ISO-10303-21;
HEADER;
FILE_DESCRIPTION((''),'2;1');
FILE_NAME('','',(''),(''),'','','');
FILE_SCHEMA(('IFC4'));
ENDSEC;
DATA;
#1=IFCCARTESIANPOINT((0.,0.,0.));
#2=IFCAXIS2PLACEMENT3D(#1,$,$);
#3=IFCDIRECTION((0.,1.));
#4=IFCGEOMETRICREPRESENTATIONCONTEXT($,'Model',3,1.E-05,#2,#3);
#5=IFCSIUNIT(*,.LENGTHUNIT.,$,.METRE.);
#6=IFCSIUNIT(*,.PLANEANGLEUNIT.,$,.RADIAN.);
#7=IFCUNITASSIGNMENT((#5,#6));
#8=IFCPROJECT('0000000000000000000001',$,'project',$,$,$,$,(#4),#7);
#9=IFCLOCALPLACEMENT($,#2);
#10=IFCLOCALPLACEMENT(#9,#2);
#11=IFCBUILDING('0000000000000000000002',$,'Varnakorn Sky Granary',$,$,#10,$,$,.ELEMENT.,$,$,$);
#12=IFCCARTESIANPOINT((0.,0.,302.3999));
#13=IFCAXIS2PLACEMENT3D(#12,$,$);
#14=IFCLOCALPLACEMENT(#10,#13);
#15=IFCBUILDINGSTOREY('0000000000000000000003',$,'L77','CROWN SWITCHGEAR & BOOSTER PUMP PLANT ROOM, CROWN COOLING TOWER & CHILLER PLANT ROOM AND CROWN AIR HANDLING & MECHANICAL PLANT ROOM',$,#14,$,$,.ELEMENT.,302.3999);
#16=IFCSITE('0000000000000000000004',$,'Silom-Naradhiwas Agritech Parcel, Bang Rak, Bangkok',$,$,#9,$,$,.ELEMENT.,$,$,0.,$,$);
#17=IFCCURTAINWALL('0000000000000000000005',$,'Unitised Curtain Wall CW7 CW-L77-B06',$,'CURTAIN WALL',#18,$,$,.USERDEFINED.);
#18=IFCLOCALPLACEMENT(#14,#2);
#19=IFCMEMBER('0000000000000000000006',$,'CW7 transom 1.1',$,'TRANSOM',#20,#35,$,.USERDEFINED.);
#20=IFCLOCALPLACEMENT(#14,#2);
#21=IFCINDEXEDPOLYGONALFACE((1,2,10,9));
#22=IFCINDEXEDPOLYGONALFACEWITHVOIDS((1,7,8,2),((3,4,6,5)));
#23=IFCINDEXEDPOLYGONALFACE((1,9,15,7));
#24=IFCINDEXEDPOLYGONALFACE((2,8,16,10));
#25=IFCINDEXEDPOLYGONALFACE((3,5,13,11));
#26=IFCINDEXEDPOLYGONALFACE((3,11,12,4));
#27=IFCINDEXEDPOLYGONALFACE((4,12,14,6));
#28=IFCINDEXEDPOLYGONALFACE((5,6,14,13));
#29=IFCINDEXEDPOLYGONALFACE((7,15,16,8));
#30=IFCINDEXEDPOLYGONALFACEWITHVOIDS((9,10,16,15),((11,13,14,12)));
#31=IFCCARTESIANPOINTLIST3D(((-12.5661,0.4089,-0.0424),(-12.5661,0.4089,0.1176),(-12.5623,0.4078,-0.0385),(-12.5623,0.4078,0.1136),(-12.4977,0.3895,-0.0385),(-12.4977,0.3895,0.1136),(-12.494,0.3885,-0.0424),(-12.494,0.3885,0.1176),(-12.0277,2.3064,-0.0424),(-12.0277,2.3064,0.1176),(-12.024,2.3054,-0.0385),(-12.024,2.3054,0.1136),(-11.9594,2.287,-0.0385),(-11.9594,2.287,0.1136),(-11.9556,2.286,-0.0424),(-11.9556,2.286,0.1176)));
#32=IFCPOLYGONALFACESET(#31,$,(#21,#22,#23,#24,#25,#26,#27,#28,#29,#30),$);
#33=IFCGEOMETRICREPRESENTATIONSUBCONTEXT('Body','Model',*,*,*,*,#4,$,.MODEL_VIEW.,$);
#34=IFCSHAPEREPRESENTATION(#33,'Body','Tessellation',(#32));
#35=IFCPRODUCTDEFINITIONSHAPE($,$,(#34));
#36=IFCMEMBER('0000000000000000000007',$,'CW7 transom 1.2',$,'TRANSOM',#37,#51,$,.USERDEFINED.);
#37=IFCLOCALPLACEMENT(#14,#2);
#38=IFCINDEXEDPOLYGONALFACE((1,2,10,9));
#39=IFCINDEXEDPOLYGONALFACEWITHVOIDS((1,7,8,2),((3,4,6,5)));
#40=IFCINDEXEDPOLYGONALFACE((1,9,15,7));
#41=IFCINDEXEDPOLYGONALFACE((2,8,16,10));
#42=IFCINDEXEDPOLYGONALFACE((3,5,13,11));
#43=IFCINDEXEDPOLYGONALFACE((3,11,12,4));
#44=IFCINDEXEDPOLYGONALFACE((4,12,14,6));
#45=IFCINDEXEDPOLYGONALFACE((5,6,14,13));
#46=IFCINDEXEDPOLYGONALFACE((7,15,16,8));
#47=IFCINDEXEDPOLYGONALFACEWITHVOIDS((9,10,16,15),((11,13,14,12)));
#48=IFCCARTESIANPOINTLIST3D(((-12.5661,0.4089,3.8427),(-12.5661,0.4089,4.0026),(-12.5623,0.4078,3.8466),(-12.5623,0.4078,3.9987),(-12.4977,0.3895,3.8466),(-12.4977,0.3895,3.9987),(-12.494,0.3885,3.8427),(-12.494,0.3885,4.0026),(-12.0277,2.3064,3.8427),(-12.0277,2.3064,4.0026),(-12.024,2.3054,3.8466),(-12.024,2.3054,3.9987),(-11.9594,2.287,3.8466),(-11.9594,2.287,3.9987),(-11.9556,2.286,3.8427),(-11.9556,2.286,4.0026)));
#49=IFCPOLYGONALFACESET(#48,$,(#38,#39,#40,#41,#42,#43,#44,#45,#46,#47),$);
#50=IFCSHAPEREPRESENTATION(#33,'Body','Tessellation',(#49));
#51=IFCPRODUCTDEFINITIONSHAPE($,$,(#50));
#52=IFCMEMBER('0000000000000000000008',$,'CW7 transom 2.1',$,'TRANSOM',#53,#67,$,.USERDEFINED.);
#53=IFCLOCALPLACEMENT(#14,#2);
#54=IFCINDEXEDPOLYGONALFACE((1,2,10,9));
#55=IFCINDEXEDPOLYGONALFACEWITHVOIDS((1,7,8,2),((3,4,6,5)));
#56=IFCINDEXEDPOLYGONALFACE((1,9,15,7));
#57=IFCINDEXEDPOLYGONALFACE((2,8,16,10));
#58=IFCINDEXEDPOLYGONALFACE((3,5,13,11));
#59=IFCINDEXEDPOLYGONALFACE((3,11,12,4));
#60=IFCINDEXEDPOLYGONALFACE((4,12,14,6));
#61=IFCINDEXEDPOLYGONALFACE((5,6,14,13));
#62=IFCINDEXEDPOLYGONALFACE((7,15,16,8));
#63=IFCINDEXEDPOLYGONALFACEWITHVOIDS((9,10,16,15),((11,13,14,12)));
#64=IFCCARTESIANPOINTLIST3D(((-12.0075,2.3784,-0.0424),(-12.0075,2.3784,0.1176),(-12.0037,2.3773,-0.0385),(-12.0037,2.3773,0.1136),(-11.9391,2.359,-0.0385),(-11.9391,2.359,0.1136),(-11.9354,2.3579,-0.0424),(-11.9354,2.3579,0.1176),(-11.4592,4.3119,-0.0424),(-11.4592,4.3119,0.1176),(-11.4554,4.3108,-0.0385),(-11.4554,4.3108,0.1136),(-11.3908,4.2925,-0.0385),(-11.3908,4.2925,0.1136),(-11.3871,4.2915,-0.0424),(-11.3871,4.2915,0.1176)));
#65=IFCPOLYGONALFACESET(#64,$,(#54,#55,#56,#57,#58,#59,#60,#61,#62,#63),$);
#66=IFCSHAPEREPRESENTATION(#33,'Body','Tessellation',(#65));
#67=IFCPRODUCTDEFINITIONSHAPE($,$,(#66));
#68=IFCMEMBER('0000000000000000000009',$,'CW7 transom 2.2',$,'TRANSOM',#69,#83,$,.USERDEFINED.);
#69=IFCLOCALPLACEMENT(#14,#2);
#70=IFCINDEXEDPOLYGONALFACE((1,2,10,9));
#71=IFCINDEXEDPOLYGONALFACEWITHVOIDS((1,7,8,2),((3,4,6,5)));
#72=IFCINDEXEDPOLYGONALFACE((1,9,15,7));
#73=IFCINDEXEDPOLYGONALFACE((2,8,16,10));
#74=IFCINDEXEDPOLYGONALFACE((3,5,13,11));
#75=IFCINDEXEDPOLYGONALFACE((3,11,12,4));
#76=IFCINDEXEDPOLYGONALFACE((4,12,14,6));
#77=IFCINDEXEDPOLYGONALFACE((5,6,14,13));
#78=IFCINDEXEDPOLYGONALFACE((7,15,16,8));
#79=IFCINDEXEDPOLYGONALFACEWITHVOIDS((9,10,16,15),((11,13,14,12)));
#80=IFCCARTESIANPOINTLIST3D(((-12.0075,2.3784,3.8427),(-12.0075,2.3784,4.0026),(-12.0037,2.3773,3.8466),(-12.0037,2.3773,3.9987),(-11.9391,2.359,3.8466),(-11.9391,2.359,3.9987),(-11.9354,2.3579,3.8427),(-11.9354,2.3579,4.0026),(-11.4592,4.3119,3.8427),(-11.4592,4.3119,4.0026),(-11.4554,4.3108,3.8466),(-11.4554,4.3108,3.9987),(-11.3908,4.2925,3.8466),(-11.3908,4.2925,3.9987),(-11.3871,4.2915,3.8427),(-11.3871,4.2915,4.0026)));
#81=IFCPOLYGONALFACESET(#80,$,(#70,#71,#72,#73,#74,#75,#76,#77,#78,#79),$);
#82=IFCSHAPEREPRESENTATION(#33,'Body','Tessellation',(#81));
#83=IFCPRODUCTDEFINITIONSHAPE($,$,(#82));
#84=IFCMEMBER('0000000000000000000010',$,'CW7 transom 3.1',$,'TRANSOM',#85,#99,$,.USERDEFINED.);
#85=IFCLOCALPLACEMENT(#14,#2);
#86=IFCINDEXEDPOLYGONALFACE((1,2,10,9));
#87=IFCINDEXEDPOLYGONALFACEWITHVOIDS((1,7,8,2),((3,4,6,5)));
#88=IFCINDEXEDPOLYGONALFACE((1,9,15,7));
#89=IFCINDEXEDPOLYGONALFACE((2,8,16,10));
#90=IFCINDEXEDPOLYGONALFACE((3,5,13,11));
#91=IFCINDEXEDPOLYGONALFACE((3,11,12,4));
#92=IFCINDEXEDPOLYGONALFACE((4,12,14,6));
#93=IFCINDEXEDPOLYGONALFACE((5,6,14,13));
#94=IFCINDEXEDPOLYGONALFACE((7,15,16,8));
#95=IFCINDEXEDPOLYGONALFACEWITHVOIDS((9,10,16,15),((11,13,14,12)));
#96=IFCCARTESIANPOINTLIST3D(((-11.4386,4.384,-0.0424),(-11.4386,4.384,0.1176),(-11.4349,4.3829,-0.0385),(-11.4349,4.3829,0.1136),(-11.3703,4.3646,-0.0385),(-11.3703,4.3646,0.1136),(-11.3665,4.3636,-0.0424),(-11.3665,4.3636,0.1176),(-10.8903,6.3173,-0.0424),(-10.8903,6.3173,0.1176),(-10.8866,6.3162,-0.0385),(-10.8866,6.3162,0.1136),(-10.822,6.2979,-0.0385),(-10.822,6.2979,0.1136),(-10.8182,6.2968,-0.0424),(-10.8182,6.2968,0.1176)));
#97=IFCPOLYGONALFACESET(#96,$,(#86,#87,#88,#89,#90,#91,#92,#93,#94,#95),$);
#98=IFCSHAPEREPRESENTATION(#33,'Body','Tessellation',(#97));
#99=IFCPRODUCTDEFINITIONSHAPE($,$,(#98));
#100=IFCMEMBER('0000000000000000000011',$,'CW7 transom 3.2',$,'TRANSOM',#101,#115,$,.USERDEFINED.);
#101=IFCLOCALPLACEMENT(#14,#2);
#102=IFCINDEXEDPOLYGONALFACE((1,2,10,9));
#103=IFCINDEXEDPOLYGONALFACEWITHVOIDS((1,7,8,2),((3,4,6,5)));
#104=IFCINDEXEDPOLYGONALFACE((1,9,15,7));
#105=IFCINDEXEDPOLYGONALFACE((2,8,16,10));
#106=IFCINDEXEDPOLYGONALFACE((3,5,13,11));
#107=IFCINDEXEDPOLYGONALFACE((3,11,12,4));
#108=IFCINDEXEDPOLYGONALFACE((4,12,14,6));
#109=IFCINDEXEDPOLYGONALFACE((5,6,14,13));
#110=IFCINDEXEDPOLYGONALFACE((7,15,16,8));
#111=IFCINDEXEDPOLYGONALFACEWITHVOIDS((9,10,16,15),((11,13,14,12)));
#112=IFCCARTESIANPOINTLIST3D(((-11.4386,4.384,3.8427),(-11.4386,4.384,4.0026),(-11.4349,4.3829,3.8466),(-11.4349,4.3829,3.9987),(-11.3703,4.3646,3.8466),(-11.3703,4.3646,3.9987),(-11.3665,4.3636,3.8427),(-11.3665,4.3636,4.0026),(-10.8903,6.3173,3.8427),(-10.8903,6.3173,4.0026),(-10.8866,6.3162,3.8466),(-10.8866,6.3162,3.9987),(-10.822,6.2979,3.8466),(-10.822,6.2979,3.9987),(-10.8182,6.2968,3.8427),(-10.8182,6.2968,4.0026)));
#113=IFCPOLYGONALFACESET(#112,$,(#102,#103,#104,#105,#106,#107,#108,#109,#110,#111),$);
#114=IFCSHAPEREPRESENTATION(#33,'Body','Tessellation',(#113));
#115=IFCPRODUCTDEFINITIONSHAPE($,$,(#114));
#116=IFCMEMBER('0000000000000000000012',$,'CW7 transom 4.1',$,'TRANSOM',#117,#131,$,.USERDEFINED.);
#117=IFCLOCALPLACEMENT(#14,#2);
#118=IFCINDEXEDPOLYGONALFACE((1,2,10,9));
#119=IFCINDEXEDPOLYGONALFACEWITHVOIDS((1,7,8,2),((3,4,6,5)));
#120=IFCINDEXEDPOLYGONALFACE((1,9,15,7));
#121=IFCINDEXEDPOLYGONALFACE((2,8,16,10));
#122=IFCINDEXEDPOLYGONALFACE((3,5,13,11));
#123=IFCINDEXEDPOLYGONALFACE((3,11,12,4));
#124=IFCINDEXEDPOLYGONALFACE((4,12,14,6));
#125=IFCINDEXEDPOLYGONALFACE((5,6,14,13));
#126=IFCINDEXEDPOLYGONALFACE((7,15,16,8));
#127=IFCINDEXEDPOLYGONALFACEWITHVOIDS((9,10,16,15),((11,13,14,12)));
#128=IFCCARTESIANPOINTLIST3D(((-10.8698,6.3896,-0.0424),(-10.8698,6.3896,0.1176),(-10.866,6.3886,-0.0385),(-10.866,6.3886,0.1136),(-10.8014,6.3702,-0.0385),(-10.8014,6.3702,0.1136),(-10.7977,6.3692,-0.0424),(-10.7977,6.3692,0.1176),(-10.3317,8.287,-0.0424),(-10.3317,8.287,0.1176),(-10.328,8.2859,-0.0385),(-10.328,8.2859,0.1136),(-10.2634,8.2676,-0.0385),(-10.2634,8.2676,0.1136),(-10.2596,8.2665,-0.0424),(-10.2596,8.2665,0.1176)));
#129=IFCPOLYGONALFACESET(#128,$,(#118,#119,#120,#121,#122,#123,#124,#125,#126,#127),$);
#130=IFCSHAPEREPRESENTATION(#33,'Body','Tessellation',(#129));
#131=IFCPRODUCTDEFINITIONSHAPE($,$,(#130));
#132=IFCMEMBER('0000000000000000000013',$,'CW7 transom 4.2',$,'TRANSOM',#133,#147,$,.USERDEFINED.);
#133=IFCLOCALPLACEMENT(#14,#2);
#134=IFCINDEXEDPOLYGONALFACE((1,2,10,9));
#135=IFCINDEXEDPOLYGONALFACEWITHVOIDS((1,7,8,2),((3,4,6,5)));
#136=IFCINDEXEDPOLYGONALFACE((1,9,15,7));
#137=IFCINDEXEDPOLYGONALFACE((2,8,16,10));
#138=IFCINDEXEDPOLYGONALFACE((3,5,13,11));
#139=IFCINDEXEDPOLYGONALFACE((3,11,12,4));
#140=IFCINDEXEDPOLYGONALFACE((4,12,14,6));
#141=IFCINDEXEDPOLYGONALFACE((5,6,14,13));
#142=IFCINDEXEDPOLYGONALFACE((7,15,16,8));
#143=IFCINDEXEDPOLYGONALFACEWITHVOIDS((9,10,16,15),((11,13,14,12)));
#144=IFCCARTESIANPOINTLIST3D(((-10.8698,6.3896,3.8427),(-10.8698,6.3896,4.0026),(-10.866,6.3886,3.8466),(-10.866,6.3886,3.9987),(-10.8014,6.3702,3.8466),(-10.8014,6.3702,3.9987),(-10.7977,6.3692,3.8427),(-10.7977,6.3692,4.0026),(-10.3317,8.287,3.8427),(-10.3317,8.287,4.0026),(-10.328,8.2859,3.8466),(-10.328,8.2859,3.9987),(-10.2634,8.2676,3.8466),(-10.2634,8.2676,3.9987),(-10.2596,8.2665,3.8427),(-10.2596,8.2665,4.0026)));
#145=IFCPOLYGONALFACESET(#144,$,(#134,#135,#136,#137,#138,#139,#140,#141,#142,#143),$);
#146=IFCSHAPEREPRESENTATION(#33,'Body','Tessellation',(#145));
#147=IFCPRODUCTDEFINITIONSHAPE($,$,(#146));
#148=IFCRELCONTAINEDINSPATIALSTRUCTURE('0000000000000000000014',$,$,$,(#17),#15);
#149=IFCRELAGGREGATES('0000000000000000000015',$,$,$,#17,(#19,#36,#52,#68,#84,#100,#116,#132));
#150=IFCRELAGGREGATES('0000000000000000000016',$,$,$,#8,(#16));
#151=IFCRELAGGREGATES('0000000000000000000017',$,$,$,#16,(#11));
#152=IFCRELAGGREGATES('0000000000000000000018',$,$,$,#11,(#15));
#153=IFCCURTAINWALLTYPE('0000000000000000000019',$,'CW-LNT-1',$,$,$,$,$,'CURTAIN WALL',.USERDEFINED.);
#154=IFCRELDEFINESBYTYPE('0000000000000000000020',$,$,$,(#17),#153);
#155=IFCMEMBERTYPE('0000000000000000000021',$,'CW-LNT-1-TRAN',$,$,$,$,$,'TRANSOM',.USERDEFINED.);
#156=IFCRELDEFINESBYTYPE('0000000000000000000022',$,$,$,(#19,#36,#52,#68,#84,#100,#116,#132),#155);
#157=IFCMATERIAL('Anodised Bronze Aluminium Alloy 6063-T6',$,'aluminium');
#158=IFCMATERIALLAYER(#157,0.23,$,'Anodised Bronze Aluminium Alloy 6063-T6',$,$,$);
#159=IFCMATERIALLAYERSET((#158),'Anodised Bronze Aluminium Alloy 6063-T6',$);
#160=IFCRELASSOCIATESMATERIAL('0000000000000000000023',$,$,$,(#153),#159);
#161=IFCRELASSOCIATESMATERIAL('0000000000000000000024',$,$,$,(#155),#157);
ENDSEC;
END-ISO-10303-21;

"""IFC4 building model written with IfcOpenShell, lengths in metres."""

from ifc_helpers import new_model, si_unit, direction, frame, origin, origin_2d, place, context, subcontext, project, spatial, hollow_rectangle, extrude, material, layer, layer_set, material_profile, profile_set, type_object, element, aggregate, save


model = new_model("IFC4")

# Units and contexts
model_context = context("Model", 3, precision=1e-05, world=origin(), true_north=direction((0.0, 1.0)))
body_context = subcontext(model_context, "Body", "Model", "MODEL_VIEW")
ifc_project = project(units=[si_unit("LENGTHUNIT", "METRE"), si_unit("PLANEANGLEUNIT", "RADIAN")], contexts=[model_context])

# Site, building, storey
site_placement = place(None, origin())
site = spatial("IfcSite", under=ifc_project, at=site_placement, Name="Silom-Naradhiwas Agritech Parcel, Bang Rak, Bangkok", CompositionType="ELEMENT", RefElevation=0.0)
building_placement = place(site_placement, origin())
building = spatial("IfcBuilding", under=site, at=building_placement, Name="Varnakorn Sky Granary", CompositionType="ELEMENT")
storey_placement = place(building_placement, frame((0.0, 0.0, 302.3999)))
storey = spatial("IfcBuildingStorey", under=building, at=storey_placement, Name="L77", Description="CROWN SWITCHGEAR & BOOSTER PUMP PLANT ROOM, CROWN COOLING TOWER & CHILLER PLANT ROOM AND CROWN AIR HANDLING & MECHANICAL PLANT ROOM", CompositionType="ELEMENT", Elevation=302.3999)

# Shared definitions
ifc_material_1 = material(Name="Anodised Bronze Aluminium Alloy 6063-T6", Category="aluminium")
ifc_layer_1 = layer(ifc_material_1, 0.23, Name="Anodised Bronze Aluminium Alloy 6063-T6")
ifc_layer_set_1 = layer_set([ifc_layer_1], Name="Anodised Bronze Aluminium Alloy 6063-T6")
curtain_wall_type = type_object("IfcCurtainWallType", Name="CW-LNT-1", ElementType="CURTAIN WALL", PredefinedType="USERDEFINED", material=ifc_layer_set_1)

# Curtain wall, members
curtain_wall_1_placement = place(storey_placement, origin())
curtain_wall_1 = element("IfcCurtainWall", 1, at=curtain_wall_1_placement, inside=storey, type_object=curtain_wall_type, Name="Unitised Curtain Wall CW7 CW-L77-B06", ObjectType="CURTAIN WALL", PredefinedType="USERDEFINED")
ifc_material_profile_1 = material_profile(ifc_material_1, hollow_rectangle(XDim=0.075, YDim=0.1599, WallThickness=0.0039, at=origin_2d()), Name="ALU TRAN 75x160")
ifc_profile_set_1 = profile_set([ifc_material_profile_1], Name="Anodised Bronze Aluminium Alloy 6063-T6")
member_type_1 = type_object("IfcMemberType", Name="CW-LNT-1-TRAN", ElementType="TRANSOM", PredefinedType="USERDEFINED", material=ifc_profile_set_1)
member_1_placement = place(storey_placement, frame((-12.53, 0.3987, 0.0376), z_axis=(0.272939, 0.962031, 0.0), x_axis=(-0.962031, 0.272939, 0.0)))
member_1 = element("IfcMember", 2, at=member_1_placement, type_object=member_type_1, Name="CW7 transom 1.1", ObjectType="TRANSOM", PredefinedType="USERDEFINED", context=body_context, shape_type="SweptSolid", body=[
    extrude(hollow_rectangle(XDim=0.075, YDim=0.1599, WallThickness=0.0039, at=origin_2d()), origin(), (0.0, 0.0, 1.0), 1.9724),
])
member_2_placement = place(storey_placement, frame((-12.53, 0.3987, 3.9226), z_axis=(0.272939, 0.962031, 0.0), x_axis=(-0.962031, 0.272939, 0.0)))
member_2 = element("IfcMember", 3, at=member_2_placement, type_object=member_type_1, Name="CW7 transom 1.2", ObjectType="TRANSOM", PredefinedType="USERDEFINED", context=body_context, shape_type="SweptSolid", body=[
    extrude(hollow_rectangle(XDim=0.075, YDim=0.1599, WallThickness=0.0039, at=origin_2d()), origin(), (0.0, 0.0, 1.0), 1.9724),
])
member_3_placement = place(storey_placement, frame((-11.9714, 2.3682, 0.0376), z_axis=(0.272827, 0.962063, 0.0), x_axis=(-0.962063, 0.272827, 0.0)))
member_3 = element("IfcMember", 4, at=member_3_placement, type_object=member_type_1, Name="CW7 transom 2.1", ObjectType="TRANSOM", PredefinedType="USERDEFINED", context=body_context, shape_type="SweptSolid", body=[
    extrude(hollow_rectangle(XDim=0.075, YDim=0.1599, WallThickness=0.0039, at=origin_2d()), origin(), (0.0, 0.0, 1.0), 2.0098),
])
member_4_placement = place(storey_placement, frame((-11.9714, 2.3682, 3.9226), z_axis=(0.272827, 0.962063, 0.0), x_axis=(-0.962063, 0.272827, 0.0)))
member_4 = element("IfcMember", 5, at=member_4_placement, type_object=member_type_1, Name="CW7 transom 2.2", ObjectType="TRANSOM", PredefinedType="USERDEFINED", context=body_context, shape_type="SweptSolid", body=[
    extrude(hollow_rectangle(XDim=0.075, YDim=0.1599, WallThickness=0.0039, at=origin_2d()), origin(), (0.0, 0.0, 1.0), 2.0098),
])
member_5_placement = place(storey_placement, frame((-11.4026, 4.3738, 0.0376), z_axis=(0.272859, 0.962054, 0.0), x_axis=(-0.962054, 0.272859, 0.0)))
member_5 = element("IfcMember", 6, at=member_5_placement, type_object=member_type_1, Name="CW7 transom 3.1", ObjectType="TRANSOM", PredefinedType="USERDEFINED", context=body_context, shape_type="SweptSolid", body=[
    extrude(hollow_rectangle(XDim=0.075, YDim=0.1599, WallThickness=0.0039, at=origin_2d()), origin(), (0.0, 0.0, 1.0), 2.0095),
])
member_6_placement = place(storey_placement, frame((-11.4026, 4.3738, 3.9226), z_axis=(0.272859, 0.962054, 0.0), x_axis=(-0.962054, 0.272859, 0.0)))
member_6 = element("IfcMember", 7, at=member_6_placement, type_object=member_type_1, Name="CW7 transom 3.2", ObjectType="TRANSOM", PredefinedType="USERDEFINED", context=body_context, shape_type="SweptSolid", body=[
    extrude(hollow_rectangle(XDim=0.075, YDim=0.1599, WallThickness=0.0039, at=origin_2d()), origin(), (0.0, 0.0, 1.0), 2.0095),
])
member_7_placement = place(storey_placement, frame((-10.8337, 6.3794, 0.0376), z_axis=(0.272824, 0.962064, 0.0), x_axis=(-0.962064, 0.272824, 0.0)))
member_7 = element("IfcMember", 8, at=member_7_placement, type_object=member_type_1, Name="CW7 transom 4.1", ObjectType="TRANSOM", PredefinedType="USERDEFINED", context=body_context, shape_type="SweptSolid", body=[
    extrude(hollow_rectangle(XDim=0.075, YDim=0.1599, WallThickness=0.0039, at=origin_2d()), origin(), (0.0, 0.0, 1.0), 1.9722),
])
member_8_placement = place(storey_placement, frame((-10.8337, 6.3794, 3.9226), z_axis=(0.272824, 0.962064, 0.0), x_axis=(-0.962064, 0.272824, 0.0)))
member_8 = element("IfcMember", 9, at=member_8_placement, type_object=member_type_1, Name="CW7 transom 4.2", ObjectType="TRANSOM", PredefinedType="USERDEFINED", context=body_context, shape_type="SweptSolid", body=[
    extrude(hollow_rectangle(XDim=0.075, YDim=0.1599, WallThickness=0.0039, at=origin_2d()), origin(), (0.0, 0.0, 1.0), 1.9722),
])

aggregate(curtain_wall_1, [member_1, member_2, member_3, member_4, member_5, member_6, member_7, member_8])

save(model, "model.ifc")
